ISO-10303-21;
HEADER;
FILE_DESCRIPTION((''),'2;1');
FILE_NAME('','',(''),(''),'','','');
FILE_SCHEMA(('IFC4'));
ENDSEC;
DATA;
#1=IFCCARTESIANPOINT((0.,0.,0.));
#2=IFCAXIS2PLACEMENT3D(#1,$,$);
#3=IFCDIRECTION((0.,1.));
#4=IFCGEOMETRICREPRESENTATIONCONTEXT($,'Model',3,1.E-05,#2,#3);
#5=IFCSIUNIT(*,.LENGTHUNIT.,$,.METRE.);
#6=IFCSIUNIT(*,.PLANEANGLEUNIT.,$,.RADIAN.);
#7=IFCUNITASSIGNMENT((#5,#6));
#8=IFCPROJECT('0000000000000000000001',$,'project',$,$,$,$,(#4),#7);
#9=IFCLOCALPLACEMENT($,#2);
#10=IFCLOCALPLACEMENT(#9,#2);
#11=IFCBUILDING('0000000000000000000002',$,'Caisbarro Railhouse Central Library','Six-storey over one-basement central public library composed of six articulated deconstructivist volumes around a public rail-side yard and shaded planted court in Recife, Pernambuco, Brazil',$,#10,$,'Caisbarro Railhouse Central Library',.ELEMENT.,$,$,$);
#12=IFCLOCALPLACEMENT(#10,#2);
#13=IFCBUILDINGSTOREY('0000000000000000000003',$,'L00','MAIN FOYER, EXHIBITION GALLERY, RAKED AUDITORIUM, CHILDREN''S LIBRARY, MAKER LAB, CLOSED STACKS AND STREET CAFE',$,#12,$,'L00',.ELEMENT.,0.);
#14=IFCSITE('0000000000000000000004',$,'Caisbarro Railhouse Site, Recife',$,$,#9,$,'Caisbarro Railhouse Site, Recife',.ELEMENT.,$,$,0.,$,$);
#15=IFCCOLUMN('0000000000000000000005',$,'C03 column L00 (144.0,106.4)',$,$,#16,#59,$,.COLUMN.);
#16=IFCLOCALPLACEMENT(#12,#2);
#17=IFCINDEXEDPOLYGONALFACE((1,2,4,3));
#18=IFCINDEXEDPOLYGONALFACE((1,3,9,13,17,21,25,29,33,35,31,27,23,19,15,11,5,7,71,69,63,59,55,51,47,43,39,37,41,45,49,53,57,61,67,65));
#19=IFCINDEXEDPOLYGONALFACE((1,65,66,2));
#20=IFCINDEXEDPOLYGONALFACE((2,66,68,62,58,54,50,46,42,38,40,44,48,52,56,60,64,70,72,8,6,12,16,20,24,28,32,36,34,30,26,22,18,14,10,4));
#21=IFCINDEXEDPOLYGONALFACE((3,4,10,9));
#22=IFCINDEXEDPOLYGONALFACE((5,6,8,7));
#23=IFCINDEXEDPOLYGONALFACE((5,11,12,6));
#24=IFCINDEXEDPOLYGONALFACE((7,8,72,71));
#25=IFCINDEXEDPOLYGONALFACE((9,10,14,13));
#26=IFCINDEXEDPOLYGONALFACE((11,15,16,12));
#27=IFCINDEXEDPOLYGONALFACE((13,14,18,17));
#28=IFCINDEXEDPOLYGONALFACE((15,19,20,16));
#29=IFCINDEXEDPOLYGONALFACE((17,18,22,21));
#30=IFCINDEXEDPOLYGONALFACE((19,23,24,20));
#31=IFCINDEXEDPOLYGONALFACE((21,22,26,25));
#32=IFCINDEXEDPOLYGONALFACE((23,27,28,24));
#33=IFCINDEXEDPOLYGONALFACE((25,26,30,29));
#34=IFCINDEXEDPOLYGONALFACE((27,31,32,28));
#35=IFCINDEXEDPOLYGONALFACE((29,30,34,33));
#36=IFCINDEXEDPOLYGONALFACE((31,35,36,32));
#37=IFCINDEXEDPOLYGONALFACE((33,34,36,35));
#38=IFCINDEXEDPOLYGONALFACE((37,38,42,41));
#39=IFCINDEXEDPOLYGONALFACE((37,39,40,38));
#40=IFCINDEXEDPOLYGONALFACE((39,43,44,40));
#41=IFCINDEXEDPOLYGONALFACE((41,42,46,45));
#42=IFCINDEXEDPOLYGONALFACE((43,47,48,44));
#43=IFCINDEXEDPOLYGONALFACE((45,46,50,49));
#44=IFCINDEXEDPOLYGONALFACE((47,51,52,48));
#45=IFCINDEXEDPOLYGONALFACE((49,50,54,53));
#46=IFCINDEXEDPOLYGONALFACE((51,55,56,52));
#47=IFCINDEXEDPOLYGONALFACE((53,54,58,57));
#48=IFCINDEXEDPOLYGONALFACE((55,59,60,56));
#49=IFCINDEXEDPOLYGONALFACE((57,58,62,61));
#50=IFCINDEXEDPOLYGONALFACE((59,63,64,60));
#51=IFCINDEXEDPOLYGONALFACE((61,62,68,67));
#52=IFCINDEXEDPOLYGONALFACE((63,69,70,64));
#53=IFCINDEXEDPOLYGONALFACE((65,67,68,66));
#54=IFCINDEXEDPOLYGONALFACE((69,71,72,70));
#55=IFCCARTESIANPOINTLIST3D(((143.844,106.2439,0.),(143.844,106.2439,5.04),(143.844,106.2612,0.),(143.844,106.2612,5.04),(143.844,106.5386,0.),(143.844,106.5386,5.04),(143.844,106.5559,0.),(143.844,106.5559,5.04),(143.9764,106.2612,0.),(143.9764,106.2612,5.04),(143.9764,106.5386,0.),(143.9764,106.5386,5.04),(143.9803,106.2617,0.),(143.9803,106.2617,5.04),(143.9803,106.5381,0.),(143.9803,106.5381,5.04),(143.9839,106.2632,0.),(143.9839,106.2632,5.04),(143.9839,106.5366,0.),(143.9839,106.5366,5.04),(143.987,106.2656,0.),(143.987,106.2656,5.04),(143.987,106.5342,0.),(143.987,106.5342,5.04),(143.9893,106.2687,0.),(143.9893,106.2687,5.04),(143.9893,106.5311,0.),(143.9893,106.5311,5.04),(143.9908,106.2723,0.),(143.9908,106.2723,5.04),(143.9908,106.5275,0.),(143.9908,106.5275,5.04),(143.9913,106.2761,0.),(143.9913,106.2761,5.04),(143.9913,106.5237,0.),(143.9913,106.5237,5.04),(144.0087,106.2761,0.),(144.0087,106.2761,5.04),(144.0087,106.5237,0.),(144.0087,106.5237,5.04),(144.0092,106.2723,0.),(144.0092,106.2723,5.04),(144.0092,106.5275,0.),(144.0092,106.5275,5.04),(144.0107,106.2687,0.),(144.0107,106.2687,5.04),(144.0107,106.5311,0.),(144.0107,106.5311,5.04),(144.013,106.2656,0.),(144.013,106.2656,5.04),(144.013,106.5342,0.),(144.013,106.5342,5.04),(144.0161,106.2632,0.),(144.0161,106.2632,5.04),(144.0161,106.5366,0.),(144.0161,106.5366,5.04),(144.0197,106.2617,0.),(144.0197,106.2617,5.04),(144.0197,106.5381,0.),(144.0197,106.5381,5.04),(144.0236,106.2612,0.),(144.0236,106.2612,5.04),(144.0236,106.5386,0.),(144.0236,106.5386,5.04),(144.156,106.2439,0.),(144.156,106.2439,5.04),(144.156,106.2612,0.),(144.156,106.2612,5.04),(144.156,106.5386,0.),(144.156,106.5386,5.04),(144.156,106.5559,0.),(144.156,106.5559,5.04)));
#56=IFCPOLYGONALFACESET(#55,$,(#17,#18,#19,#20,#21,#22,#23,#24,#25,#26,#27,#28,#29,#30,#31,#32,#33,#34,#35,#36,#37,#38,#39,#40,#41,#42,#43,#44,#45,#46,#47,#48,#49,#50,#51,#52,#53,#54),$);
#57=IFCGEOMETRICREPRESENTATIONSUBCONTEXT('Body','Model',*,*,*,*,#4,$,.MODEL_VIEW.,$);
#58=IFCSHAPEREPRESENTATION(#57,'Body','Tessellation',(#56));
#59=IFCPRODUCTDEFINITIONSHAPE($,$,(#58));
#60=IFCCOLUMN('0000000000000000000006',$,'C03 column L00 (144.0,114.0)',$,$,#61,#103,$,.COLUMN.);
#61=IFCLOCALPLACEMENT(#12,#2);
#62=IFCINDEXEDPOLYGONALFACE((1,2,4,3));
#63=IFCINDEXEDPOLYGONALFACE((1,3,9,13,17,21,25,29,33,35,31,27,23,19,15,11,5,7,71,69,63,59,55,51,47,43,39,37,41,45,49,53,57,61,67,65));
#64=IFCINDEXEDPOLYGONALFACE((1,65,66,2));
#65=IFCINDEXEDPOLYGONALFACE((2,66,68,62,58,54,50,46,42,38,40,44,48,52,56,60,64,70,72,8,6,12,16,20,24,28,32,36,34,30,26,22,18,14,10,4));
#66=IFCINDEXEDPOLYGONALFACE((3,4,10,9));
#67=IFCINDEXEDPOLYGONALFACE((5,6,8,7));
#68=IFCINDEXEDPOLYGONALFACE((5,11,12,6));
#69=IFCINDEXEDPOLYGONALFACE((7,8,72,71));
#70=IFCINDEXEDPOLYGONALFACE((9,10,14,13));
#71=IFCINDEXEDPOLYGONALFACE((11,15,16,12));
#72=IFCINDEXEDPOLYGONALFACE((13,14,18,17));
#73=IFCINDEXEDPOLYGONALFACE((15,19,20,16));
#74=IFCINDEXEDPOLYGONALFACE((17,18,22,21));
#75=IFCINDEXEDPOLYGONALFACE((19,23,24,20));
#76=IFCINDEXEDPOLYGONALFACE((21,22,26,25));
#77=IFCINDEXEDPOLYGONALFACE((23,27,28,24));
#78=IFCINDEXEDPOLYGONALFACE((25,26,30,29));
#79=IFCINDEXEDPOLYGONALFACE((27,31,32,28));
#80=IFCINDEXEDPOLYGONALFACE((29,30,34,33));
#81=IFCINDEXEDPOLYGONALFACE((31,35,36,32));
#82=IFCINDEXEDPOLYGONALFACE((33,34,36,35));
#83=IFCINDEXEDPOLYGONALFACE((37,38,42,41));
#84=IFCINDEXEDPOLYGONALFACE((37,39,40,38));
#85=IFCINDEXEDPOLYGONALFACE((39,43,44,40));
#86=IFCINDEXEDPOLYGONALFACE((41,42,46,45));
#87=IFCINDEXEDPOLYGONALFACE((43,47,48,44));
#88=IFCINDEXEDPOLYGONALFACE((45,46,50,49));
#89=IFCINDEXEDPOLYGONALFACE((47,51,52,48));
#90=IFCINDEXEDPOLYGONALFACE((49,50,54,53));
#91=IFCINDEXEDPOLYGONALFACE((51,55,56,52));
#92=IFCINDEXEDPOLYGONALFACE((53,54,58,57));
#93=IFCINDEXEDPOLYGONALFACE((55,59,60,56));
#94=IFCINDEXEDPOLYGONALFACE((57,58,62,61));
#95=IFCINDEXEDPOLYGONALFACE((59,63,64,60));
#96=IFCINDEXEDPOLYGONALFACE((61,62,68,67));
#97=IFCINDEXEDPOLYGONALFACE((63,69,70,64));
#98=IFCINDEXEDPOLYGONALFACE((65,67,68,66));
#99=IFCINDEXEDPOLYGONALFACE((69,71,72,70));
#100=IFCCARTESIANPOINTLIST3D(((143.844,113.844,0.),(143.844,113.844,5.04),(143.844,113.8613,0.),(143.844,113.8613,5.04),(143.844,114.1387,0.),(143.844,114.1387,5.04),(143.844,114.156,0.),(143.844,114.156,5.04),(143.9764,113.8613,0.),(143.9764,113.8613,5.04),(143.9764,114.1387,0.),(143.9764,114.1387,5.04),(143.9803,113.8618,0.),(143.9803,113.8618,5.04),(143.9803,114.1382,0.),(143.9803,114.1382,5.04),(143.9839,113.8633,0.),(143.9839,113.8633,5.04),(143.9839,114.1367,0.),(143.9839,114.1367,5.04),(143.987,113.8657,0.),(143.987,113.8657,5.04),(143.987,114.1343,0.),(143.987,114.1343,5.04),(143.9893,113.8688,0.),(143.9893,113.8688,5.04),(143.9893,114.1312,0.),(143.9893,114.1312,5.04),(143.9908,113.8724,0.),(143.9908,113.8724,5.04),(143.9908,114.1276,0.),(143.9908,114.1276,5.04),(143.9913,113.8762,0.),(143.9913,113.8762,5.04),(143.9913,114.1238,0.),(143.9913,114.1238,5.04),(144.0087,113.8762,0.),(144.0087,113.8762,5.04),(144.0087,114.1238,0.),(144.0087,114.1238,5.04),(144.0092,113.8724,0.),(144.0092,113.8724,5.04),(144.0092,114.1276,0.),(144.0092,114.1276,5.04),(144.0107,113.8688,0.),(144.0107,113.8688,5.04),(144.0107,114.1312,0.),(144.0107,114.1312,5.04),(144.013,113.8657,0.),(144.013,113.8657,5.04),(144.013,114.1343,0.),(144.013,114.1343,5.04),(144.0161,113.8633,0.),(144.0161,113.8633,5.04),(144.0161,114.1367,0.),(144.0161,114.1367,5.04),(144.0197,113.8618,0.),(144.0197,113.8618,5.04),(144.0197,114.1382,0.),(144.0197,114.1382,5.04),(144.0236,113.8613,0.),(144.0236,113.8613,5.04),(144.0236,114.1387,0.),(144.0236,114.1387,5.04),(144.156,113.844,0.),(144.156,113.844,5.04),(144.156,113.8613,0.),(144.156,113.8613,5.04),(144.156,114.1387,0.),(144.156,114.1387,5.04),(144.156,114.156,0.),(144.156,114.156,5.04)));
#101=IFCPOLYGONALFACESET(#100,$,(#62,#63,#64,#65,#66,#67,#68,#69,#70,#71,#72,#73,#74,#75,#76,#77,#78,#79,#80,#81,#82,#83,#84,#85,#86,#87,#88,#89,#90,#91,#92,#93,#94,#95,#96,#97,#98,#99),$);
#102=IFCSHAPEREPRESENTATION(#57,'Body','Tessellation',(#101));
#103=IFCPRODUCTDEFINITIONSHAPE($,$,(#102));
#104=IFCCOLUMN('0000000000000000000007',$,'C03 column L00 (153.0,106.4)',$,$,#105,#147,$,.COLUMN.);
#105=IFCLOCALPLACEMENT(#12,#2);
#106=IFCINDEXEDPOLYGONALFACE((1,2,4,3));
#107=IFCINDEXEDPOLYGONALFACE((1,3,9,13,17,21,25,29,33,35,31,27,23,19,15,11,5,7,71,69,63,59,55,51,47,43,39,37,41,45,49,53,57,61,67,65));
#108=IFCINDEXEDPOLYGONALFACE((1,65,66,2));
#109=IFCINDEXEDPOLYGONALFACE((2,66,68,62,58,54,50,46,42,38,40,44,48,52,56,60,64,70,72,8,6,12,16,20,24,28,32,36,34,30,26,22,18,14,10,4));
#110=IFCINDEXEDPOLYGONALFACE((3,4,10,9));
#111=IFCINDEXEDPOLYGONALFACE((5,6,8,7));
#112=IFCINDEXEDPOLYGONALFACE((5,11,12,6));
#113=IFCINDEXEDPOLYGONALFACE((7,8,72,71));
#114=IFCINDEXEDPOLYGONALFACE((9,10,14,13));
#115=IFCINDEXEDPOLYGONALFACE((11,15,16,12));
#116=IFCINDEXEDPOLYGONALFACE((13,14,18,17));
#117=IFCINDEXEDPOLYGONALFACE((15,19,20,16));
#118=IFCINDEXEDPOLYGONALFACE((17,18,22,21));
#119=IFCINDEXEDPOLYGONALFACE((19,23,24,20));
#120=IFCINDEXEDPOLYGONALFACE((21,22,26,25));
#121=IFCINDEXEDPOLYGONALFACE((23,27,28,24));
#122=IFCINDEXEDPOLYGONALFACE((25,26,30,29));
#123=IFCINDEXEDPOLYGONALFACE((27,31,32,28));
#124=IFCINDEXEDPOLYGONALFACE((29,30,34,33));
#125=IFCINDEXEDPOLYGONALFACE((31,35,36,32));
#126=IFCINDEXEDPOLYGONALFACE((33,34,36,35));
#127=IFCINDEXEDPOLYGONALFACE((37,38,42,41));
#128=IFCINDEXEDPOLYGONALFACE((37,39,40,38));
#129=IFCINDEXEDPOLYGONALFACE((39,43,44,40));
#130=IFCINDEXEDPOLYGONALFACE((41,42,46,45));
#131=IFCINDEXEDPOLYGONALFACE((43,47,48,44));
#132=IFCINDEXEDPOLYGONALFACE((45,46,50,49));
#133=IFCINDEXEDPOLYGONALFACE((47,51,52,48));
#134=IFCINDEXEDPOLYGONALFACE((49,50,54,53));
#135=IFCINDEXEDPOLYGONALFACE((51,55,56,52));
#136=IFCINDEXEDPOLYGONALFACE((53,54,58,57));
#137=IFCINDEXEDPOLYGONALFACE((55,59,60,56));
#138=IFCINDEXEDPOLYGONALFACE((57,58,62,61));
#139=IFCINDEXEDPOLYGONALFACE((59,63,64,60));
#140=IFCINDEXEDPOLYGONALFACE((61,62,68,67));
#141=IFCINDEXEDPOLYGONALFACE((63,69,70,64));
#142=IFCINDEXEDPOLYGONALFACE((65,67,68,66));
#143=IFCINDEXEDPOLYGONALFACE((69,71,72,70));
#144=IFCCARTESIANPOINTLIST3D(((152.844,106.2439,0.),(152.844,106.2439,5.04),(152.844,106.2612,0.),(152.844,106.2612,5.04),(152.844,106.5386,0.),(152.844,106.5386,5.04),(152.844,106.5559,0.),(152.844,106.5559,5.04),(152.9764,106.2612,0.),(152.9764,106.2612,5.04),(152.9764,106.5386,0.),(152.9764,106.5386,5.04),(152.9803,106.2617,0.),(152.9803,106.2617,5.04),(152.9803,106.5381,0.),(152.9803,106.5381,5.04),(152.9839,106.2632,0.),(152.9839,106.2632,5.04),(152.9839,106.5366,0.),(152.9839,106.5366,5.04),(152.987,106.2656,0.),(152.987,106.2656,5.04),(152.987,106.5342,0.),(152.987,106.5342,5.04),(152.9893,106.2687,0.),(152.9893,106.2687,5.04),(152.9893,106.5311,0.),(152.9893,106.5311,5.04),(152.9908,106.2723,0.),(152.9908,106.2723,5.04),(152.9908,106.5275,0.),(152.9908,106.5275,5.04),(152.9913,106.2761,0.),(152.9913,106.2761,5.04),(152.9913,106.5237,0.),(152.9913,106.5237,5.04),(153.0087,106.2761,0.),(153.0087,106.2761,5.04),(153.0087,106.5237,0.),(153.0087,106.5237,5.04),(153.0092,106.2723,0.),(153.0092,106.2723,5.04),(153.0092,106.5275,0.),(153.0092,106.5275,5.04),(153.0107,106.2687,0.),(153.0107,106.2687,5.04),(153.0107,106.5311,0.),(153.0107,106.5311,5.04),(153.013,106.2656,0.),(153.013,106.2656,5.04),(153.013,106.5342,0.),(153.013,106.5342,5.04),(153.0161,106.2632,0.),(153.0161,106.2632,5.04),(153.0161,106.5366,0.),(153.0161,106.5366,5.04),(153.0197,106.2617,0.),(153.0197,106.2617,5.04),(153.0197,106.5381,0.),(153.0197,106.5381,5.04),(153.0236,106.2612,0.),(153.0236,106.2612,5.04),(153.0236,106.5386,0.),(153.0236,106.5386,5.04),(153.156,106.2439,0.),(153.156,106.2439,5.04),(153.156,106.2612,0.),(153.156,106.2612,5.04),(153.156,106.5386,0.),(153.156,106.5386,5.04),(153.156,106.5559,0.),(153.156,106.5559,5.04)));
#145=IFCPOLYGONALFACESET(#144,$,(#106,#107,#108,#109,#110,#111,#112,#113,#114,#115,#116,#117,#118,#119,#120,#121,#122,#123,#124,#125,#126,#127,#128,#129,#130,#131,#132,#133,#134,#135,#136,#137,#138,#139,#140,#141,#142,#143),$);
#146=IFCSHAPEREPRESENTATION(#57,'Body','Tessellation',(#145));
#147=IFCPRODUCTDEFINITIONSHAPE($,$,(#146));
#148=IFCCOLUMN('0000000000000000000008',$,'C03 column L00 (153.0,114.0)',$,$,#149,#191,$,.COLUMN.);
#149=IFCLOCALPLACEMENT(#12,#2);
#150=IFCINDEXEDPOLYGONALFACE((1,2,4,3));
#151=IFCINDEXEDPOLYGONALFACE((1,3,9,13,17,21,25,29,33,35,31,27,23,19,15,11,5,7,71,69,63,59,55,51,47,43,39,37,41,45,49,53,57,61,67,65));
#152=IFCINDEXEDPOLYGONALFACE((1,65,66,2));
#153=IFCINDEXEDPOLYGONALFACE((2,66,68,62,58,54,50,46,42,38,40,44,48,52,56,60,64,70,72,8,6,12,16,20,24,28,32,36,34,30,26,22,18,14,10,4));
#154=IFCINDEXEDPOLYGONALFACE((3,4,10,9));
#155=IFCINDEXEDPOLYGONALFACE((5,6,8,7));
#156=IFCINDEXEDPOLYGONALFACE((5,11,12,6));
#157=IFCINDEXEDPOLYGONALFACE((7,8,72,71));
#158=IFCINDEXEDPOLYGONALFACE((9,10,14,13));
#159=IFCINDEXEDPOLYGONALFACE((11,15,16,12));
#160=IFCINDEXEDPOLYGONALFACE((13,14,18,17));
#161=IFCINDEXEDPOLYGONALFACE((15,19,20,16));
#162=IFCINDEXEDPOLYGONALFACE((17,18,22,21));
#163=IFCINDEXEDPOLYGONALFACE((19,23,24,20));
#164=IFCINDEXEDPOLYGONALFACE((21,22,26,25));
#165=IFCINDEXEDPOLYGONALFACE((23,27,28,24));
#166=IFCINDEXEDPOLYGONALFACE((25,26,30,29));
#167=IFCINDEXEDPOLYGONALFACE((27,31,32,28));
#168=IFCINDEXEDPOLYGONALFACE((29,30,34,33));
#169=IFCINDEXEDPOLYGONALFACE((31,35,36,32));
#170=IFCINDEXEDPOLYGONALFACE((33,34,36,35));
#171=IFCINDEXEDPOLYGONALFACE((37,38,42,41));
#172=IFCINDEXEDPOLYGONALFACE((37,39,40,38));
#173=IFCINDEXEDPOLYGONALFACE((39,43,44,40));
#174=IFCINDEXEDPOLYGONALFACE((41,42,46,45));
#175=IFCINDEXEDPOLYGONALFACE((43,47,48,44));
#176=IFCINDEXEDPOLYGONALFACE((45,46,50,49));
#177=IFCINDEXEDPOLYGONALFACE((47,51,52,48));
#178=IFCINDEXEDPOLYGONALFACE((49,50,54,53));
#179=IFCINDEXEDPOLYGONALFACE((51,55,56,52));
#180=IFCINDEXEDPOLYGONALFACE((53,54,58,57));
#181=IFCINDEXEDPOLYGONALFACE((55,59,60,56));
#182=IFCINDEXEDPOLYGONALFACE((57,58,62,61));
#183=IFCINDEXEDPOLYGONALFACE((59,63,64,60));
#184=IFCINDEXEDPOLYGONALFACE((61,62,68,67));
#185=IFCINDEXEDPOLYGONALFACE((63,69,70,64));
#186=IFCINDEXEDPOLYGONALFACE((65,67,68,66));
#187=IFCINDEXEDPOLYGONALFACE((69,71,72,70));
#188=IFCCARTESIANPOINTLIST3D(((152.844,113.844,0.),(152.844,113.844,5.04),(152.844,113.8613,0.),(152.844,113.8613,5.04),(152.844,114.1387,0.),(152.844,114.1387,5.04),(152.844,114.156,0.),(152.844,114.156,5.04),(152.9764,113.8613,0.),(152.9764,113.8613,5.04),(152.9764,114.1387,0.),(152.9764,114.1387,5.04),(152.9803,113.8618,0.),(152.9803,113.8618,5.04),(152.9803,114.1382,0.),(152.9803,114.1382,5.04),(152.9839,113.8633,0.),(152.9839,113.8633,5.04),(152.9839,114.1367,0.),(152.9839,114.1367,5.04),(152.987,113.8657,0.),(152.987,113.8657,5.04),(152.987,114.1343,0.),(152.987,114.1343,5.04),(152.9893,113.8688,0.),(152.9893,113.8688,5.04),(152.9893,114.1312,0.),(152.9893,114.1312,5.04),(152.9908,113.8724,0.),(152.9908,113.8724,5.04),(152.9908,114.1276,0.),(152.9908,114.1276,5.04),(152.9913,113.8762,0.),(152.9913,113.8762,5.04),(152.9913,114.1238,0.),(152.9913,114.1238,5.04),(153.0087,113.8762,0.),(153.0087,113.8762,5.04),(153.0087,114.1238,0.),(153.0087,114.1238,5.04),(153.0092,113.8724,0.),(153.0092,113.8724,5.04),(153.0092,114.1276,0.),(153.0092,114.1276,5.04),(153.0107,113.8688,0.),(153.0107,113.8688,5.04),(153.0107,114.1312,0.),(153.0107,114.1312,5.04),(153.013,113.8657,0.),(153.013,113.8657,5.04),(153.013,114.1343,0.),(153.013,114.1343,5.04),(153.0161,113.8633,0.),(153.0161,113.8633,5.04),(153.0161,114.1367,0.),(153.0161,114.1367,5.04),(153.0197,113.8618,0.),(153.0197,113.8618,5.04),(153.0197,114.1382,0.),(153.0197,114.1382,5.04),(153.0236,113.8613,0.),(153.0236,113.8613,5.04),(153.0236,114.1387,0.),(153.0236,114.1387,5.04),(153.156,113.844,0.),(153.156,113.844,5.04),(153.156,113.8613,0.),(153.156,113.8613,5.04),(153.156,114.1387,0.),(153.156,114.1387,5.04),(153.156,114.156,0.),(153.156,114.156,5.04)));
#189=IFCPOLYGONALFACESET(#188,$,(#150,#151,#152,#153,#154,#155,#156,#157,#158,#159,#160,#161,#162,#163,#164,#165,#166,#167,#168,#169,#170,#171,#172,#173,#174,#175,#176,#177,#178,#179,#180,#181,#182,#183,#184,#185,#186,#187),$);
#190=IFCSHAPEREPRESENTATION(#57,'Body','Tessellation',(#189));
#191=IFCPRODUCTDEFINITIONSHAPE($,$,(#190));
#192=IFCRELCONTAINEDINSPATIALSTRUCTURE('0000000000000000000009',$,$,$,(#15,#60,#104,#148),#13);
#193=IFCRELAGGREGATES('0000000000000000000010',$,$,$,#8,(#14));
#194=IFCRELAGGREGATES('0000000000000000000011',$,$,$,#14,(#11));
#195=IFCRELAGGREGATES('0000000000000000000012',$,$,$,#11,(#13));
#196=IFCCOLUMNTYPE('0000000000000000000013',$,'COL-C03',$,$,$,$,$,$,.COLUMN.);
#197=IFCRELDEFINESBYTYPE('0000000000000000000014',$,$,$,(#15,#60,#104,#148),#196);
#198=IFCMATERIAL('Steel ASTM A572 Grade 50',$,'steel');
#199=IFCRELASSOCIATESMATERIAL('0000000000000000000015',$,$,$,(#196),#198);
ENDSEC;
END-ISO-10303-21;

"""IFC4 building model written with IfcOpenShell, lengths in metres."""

from ifc_helpers import new_model, si_unit, direction, frame, origin, origin_2d, place, context, subcontext, project, spatial, i_section, extrude, material, material_profile, profile_set, type_object, element, save


model = new_model("IFC4")

# Units and contexts
model_context = context("Model", 3, precision=1e-05, world=origin(), true_north=direction((0.0, 1.0)))
body_context = subcontext(model_context, "Body", "Model", "MODEL_VIEW")
ifc_project = project(units=[si_unit("LENGTHUNIT", "METRE"), si_unit("PLANEANGLEUNIT", "RADIAN")], contexts=[model_context])

# Site, building, storey
site_placement = place(None, origin())
site = spatial("IfcSite", under=ifc_project, at=site_placement, Name="Caisbarro Railhouse Site, Recife", LongName="Caisbarro Railhouse Site, Recife", CompositionType="ELEMENT", RefElevation=0.0)
building_placement = place(site_placement, origin())
building = spatial("IfcBuilding", under=site, at=building_placement, Name="Caisbarro Railhouse Central Library", Description="Six-storey over one-basement central public library composed of six articulated deconstructivist volumes around a public rail-side yard and shaded planted court in Recife, Pernambuco, Brazil", LongName="Caisbarro Railhouse Central Library", CompositionType="ELEMENT")
storey_placement = place(building_placement, origin())
storey = spatial("IfcBuildingStorey", under=building, at=storey_placement, Name="L00", Description="MAIN FOYER, EXHIBITION GALLERY, RAKED AUDITORIUM, CHILDREN'S LIBRARY, MAKER LAB, CLOSED STACKS AND STREET CAFE", LongName="L00", CompositionType="ELEMENT", Elevation=0.0)

# Columns
ifc_material_1 = material(Name="Steel ASTM A572 Grade 50", Category="steel")
ifc_material_profile_1 = material_profile(ifc_material_1, i_section(OverallWidth=0.312, OverallDepth=0.312, WebThickness=0.0173, FlangeThickness=0.0173, FilletRadius=0.0149, at=origin_2d()), Name="HP310X125.0")
ifc_profile_set_1 = profile_set([ifc_material_profile_1], Name="Steel ASTM A572 Grade 50")
column_type = type_object("IfcColumnType", Name="COL-C03", PredefinedType="COLUMN", material=ifc_profile_set_1)
for number, where, z_axis, x_axis, name in (
    (1, (144.0, 106.3999, 0.0), (0.0, 0.0, 1.0), (1.0, 0.0, 0.0), "C03 column L00 (144.0,106.4)"),
    (2, (144.0, 114.0, 0.0), (0.0, 0.0, 1.0), (1.0, 0.0, 0.0), "C03 column L00 (144.0,114.0)"),
    (3, (153.0, 106.3999, 0.0), (0.0, 0.0, 1.0), (1.0, 0.0, 0.0), "C03 column L00 (153.0,106.4)"),
    (4, (153.0, 114.0, 0.0), (0.0, 0.0, 1.0), (1.0, 0.0, 0.0), "C03 column L00 (153.0,114.0)"),
):
    element("IfcColumn", number, at=place(storey_placement, frame(where, z_axis=z_axis, x_axis=x_axis)), inside=storey, type_object=column_type, Name=name, PredefinedType="COLUMN", context=body_context, shape_type="SweptSolid", body=[
        extrude(i_section(OverallWidth=0.312, OverallDepth=0.312, WebThickness=0.0173, FlangeThickness=0.0173, FilletRadius=0.0149, at=origin_2d()), origin(), (0.0, 0.0, 1.0), 5.04),
    ])

save(model, "model.ifc")
